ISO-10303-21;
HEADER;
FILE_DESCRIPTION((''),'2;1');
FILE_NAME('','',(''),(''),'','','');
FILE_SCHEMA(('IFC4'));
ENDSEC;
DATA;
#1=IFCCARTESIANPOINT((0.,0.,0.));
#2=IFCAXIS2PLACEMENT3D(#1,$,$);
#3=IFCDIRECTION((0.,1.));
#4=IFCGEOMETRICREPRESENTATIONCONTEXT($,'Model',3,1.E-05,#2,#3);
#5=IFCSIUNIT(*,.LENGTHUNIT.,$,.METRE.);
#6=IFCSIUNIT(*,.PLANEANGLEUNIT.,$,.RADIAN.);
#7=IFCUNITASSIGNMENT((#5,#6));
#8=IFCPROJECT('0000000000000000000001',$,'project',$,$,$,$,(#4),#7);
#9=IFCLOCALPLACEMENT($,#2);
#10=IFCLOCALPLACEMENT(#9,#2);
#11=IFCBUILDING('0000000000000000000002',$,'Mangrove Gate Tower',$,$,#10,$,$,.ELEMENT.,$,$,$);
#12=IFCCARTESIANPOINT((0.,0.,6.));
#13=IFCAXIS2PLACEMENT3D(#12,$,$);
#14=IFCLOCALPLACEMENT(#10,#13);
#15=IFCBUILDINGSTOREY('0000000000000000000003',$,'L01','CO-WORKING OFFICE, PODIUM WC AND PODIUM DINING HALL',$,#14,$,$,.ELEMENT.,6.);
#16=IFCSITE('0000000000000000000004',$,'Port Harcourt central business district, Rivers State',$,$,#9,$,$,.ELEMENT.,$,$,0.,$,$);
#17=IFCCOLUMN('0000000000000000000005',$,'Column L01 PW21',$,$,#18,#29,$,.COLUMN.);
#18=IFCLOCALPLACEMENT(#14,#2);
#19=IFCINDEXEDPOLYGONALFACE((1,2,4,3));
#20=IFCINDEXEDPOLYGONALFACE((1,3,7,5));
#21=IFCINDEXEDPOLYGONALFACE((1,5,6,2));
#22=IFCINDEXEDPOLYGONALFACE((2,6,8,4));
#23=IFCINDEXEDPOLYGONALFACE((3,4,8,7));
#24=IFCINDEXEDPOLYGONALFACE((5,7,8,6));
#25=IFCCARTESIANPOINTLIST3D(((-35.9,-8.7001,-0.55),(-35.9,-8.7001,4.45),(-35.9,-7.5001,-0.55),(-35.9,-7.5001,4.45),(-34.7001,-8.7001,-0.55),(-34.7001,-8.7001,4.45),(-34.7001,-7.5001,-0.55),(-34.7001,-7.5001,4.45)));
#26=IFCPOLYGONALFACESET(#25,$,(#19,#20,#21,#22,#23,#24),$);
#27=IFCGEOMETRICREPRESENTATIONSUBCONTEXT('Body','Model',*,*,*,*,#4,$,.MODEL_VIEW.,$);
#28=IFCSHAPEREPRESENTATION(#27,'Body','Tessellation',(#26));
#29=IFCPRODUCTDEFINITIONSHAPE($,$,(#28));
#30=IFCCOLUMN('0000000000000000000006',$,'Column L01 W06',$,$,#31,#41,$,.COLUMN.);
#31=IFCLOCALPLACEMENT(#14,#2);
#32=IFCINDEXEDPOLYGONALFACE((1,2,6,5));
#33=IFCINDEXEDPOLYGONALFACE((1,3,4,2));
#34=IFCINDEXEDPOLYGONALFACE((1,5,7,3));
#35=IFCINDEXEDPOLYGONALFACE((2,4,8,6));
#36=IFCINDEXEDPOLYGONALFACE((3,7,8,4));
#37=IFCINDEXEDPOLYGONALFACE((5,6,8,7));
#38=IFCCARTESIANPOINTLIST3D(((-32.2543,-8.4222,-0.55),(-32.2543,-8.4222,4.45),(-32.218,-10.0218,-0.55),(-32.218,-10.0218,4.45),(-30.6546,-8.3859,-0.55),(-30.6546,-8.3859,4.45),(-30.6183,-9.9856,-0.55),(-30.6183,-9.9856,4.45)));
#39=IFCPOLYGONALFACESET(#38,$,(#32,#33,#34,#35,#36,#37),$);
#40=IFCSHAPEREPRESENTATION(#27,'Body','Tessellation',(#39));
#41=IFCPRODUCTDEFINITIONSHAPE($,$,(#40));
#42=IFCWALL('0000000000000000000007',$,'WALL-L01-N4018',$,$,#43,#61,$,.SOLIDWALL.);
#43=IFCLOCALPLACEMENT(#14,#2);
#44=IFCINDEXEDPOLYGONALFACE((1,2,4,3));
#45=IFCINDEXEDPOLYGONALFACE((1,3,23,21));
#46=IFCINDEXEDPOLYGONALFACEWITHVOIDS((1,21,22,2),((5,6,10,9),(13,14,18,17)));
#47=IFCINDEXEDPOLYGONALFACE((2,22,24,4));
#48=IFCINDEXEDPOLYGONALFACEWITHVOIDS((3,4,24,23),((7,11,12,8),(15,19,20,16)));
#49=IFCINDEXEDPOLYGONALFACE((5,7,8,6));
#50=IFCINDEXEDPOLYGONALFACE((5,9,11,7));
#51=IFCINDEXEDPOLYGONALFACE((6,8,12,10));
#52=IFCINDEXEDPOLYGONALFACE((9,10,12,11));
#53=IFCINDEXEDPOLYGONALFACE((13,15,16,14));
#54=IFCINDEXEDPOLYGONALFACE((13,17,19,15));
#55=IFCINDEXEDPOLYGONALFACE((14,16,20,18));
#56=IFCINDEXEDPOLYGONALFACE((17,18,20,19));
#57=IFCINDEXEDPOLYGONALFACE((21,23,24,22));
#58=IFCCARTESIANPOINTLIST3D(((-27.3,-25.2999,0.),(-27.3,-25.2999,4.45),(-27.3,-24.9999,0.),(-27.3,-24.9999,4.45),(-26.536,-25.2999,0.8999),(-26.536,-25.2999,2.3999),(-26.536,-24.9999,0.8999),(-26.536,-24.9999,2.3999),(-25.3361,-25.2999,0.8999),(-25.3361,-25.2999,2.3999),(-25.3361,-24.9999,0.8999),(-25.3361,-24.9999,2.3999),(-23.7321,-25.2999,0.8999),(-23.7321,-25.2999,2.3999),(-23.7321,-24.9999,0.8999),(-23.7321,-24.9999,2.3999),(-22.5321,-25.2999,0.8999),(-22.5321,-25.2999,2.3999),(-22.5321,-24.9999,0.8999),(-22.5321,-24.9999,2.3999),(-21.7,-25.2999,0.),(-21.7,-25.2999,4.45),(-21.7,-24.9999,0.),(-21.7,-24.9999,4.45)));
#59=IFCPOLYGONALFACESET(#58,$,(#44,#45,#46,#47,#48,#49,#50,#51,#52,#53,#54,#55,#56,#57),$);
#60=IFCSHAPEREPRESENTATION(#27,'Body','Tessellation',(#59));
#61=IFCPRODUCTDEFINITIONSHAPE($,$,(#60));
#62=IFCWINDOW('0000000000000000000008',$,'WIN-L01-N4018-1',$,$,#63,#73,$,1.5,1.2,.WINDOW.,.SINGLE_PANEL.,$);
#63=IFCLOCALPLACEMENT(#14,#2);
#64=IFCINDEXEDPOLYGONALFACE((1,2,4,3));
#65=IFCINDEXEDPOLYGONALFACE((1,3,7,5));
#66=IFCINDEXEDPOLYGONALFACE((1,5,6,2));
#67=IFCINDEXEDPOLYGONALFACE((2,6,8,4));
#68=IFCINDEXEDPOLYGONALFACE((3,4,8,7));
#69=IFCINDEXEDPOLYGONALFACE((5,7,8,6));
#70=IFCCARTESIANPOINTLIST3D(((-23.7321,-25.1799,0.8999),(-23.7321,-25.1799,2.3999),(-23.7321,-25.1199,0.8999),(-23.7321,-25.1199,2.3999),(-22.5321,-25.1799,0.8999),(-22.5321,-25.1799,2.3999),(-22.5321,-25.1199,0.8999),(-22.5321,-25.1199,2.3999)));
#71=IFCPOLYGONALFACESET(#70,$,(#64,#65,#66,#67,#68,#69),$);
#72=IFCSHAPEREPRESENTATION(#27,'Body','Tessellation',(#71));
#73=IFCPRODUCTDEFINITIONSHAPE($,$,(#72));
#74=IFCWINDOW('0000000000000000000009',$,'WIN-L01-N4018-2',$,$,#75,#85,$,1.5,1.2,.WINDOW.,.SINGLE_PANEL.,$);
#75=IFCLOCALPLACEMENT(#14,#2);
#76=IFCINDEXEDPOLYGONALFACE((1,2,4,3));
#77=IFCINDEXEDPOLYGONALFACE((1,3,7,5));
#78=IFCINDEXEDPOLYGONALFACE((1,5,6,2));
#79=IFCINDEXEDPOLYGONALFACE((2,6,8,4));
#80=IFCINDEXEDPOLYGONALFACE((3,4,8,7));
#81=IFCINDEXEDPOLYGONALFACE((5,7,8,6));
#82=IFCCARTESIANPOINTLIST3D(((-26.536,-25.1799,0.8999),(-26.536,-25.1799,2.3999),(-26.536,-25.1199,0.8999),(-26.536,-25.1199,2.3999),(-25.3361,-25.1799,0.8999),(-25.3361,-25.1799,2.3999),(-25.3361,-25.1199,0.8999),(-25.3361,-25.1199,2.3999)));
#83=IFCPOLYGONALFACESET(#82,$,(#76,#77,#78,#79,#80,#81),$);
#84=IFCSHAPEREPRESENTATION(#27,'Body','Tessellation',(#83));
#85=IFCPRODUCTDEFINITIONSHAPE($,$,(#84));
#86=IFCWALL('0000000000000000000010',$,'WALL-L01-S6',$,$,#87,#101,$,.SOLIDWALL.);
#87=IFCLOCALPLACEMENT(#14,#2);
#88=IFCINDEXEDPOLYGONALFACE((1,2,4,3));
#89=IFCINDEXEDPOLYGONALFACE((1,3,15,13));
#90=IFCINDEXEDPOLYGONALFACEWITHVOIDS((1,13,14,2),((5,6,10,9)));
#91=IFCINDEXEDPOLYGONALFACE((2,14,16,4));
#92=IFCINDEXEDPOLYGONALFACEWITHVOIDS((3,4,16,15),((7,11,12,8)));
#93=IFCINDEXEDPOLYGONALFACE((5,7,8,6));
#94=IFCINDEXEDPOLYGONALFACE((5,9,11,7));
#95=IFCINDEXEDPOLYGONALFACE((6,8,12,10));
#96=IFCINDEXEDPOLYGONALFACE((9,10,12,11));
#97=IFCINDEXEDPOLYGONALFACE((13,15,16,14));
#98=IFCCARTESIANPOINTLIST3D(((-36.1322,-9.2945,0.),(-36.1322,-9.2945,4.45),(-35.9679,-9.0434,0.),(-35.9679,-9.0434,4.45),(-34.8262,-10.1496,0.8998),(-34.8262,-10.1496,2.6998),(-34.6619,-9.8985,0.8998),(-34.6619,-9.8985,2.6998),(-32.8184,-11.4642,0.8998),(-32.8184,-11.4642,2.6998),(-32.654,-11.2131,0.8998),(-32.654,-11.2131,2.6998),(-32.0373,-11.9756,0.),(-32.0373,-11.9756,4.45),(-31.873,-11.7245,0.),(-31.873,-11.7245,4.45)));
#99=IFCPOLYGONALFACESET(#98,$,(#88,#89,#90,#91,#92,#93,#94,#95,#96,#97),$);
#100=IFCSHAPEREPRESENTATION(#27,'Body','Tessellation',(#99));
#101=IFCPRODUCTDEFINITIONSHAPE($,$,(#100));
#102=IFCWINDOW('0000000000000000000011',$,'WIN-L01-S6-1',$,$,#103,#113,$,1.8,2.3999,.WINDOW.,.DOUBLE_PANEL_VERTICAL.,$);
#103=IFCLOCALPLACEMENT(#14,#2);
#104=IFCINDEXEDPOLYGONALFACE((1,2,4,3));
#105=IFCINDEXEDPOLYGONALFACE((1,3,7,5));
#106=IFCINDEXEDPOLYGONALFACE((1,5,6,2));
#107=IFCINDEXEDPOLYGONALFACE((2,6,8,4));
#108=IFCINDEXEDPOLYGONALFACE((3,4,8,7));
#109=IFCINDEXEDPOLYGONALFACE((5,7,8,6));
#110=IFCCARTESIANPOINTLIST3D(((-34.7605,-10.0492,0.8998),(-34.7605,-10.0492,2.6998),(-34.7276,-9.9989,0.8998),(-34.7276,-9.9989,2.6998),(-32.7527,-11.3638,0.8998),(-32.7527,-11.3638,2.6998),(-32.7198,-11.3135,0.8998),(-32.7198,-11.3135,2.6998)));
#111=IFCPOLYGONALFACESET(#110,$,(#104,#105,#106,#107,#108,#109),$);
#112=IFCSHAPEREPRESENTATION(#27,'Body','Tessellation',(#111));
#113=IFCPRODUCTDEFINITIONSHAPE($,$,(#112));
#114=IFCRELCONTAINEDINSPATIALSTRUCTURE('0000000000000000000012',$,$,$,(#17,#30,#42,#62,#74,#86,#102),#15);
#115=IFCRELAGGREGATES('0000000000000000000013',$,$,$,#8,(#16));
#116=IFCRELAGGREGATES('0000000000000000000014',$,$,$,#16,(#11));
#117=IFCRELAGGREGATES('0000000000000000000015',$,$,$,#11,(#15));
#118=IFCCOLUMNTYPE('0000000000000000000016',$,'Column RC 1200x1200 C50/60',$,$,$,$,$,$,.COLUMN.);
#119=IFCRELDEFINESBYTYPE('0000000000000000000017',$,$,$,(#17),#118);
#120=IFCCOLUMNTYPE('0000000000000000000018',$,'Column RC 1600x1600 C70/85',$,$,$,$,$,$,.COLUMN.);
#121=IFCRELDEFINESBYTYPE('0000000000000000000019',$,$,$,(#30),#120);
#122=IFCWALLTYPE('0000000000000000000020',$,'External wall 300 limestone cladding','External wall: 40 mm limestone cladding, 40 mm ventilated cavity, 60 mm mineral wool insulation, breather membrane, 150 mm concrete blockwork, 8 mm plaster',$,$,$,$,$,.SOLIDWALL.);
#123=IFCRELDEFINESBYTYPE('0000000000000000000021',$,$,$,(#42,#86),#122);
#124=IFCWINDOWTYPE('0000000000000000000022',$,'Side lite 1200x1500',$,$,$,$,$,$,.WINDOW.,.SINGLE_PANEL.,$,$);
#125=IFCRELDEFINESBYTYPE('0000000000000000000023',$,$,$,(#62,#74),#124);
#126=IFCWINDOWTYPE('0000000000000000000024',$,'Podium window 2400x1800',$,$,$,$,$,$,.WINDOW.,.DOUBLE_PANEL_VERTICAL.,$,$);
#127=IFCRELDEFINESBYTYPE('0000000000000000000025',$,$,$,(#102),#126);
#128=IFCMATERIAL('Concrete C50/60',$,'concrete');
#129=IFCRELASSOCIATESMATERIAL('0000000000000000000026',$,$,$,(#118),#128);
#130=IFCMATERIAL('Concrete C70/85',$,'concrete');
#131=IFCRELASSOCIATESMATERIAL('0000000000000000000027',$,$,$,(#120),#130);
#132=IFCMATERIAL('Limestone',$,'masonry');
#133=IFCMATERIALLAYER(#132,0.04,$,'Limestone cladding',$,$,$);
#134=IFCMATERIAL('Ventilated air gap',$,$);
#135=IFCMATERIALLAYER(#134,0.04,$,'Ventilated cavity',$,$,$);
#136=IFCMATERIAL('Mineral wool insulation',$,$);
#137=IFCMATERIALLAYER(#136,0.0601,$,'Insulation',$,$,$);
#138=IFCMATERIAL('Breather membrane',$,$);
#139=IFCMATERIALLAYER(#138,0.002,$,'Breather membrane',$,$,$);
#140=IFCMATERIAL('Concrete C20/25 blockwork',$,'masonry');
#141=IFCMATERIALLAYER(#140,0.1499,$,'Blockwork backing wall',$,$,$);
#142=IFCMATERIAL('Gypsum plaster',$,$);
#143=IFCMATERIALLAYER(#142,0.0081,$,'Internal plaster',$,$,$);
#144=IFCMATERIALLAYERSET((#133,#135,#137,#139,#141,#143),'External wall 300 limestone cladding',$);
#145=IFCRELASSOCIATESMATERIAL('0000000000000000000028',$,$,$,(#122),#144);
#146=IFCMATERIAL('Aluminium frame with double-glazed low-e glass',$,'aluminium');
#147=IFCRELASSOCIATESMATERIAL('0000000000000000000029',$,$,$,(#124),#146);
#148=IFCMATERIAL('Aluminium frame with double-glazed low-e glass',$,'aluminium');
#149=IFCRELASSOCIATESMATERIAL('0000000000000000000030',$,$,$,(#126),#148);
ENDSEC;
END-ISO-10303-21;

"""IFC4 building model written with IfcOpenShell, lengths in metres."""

from ifc_helpers import new_model, si_unit, direction, frame, frame_2d, origin, origin_2d, place, context, subcontext, project, spatial, rectangle, extrude, material, layer, layer_set, material_profile, profile_set, type_object, element, fill, save


model = new_model("IFC4")

# Units and contexts
model_context = context("Model", 3, precision=1e-05, world=origin(), true_north=direction((0.0, 1.0)))
body_context = subcontext(model_context, "Body", "Model", "MODEL_VIEW")
ifc_project = project(units=[si_unit("LENGTHUNIT", "METRE"), si_unit("PLANEANGLEUNIT", "RADIAN")], contexts=[model_context])

# Site, building, storey
site_placement = place(None, origin())
site = spatial("IfcSite", under=ifc_project, at=site_placement, Name="Port Harcourt central business district, Rivers State", CompositionType="ELEMENT", RefElevation=0.0)
building_placement = place(site_placement, origin())
building = spatial("IfcBuilding", under=site, at=building_placement, Name="Mangrove Gate Tower", CompositionType="ELEMENT")
storey_placement = place(building_placement, frame((0.0, 0.0, 6.0)))
storey = spatial("IfcBuildingStorey", under=building, at=storey_placement, Name="L01", Description="CO-WORKING OFFICE, PODIUM WC AND PODIUM DINING HALL", CompositionType="ELEMENT", Elevation=6.0)

# Columns
ifc_material_1 = material(Name="Concrete C50/60", Category="concrete")
ifc_material_profile_1 = material_profile(ifc_material_1, rectangle(XDim=1.2, YDim=1.2, at=origin_2d()))
ifc_profile_set_1 = profile_set([ifc_material_profile_1], Name="Concrete C50/60")
column_type_1 = type_object("IfcColumnType", Name="Column RC 1200x1200 C50/60", PredefinedType="COLUMN", material=ifc_profile_set_1)
column_1_placement = place(storey_placement, frame((-35.3, -8.1001, -0.55), z_axis=(0.0, 0.0, 1.0), x_axis=(1.0, 0.0, 0.0)))
element("IfcColumn", 1, at=column_1_placement, inside=storey, type_object=column_type_1, Name="Column L01 PW21", PredefinedType="COLUMN", context=body_context, shape_type="SweptSolid", body=[
    extrude(rectangle(XDim=1.2, YDim=1.2, at=origin_2d()), origin(), (0.0, 0.0, 1.0), 5.0),
])
ifc_material_2 = material(Name="Concrete C70/85", Category="concrete")
ifc_material_profile_2 = material_profile(ifc_material_2, rectangle(XDim=1.6001, YDim=1.6001, at=origin_2d()))
ifc_profile_set_2 = profile_set([ifc_material_profile_2], Name="Concrete C70/85")
column_type_2 = type_object("IfcColumnType", Name="Column RC 1600x1600 C70/85", PredefinedType="COLUMN", material=ifc_profile_set_2)
column_2_placement = place(storey_placement, frame((-31.4363, -9.2039, -0.55), z_axis=(0.0, 0.0, 1.0), x_axis=(0.022678, -0.999743, 0.0)))
element("IfcColumn", 2, at=column_2_placement, inside=storey, type_object=column_type_2, Name="Column L01 W06", PredefinedType="COLUMN", context=body_context, shape_type="SweptSolid", body=[
    extrude(rectangle(XDim=1.6001, YDim=1.6001, at=origin_2d()), origin(), (0.0, 0.0, 1.0), 5.0),
])

# Wall, openings, windows
ifc_material_3 = material(Name="Limestone", Category="masonry")
ifc_layer_1 = layer(ifc_material_3, 0.04, Name="Limestone cladding")
ifc_material_4 = material(Name="Ventilated air gap")
ifc_layer_2 = layer(ifc_material_4, 0.04, Name="Ventilated cavity")
ifc_material_5 = material(Name="Mineral wool insulation")
ifc_layer_3 = layer(ifc_material_5, 0.0601, Name="Insulation")
ifc_material_6 = material(Name="Breather membrane")
ifc_layer_4 = layer(ifc_material_6, 0.002, Name="Breather membrane")
ifc_material_7 = material(Name="Concrete C20/25 blockwork", Category="masonry")
ifc_layer_5 = layer(ifc_material_7, 0.1499, Name="Blockwork backing wall")
ifc_material_8 = material(Name="Gypsum plaster")
ifc_layer_6 = layer(ifc_material_8, 0.0081, Name="Internal plaster")
ifc_layer_set_1 = layer_set([ifc_layer_1, ifc_layer_2, ifc_layer_3, ifc_layer_4, ifc_layer_5, ifc_layer_6], Name="External wall 300 limestone cladding")
wall_type_1 = type_object("IfcWallType", Name="External wall 300 limestone cladding", Description="External wall: 40 mm limestone cladding, 40 mm ventilated cavity, 60 mm mineral wool insulation, breather membrane, 150 mm concrete blockwork, 8 mm plaster", PredefinedType="SOLIDWALL", material=ifc_layer_set_1)
wall_1_placement = place(storey_placement, frame((-21.7, -25.1499, 0.0), z_axis=(0.0, 0.0, 1.0), x_axis=(-1.0, 0.0, 0.0)))
wall_1 = element("IfcWall", 3, at=wall_1_placement, inside=storey, type_object=wall_type_1, Name="WALL-L01-N4018", PredefinedType="SOLIDWALL", context=body_context, shape_type="SweptSolid", body=[
    extrude(rectangle(XDim=5.6001, YDim=0.3, at=frame_2d((2.8, 0.0))), origin(), (0.0, 0.0, 1.0), 4.45),
])
opening_1_placement = place(wall_1_placement, frame((0.832, 0.0, 0.8999)))
opening_1 = element("IfcOpeningElement", 4, at=opening_1_placement, cuts=wall_1, PredefinedType="OPENING", context=body_context, shape_type="SweptSolid", body=[
    extrude(rectangle(XDim=1.2, YDim=1.5, at=frame_2d((0.6001, 0.75))), frame((0.0, 0.1599, 0.0), z_axis=(0.0, -1.0, 0.0), x_axis=(1.0, 0.0, 0.0)), (0.0, 0.0, 1.0), 0.3201),
])
opening_2_placement = place(wall_1_placement, frame((3.636, 0.0, 0.8999)))
opening_2 = element("IfcOpeningElement", 5, at=opening_2_placement, cuts=wall_1, PredefinedType="OPENING", context=body_context, shape_type="SweptSolid", body=[
    extrude(rectangle(XDim=1.2, YDim=1.5, at=frame_2d((0.6001, 0.75))), frame((0.0, 0.1599, 0.0), z_axis=(0.0, -1.0, 0.0), x_axis=(1.0, 0.0, 0.0)), (0.0, 0.0, 1.0), 0.3201),
])
ifc_material_9 = material(Name="Aluminium frame with double-glazed low-e glass", Category="aluminium")
window_type_1 = type_object("IfcWindowType", Name="Side lite 1200x1500", PartitioningType="SINGLE_PANEL", PredefinedType="WINDOW", material=ifc_material_9)
window_1_placement = place(opening_1_placement, origin())
window_1 = element("IfcWindow", 6, at=window_1_placement, inside=storey, type_object=window_type_1, Name="WIN-L01-N4018-1", OverallHeight=1.5, OverallWidth=1.2, PartitioningType="SINGLE_PANEL", PredefinedType="WINDOW", context=body_context, shape_type="SweptSolid", body=[
    extrude(rectangle(XDim=1.2, YDim=1.5, at=frame_2d((0.6001, 0.75))), frame((0.0, 0.03, 0.0), z_axis=(0.0, -1.0, 0.0), x_axis=(1.0, 0.0, 0.0)), (0.0, 0.0, 1.0), 0.0601),
])
fill(opening_1, window_1)
window_2_placement = place(opening_2_placement, origin())
window_2 = element("IfcWindow", 7, at=window_2_placement, inside=storey, type_object=window_type_1, Name="WIN-L01-N4018-2", OverallHeight=1.5, OverallWidth=1.2, PartitioningType="SINGLE_PANEL", PredefinedType="WINDOW", context=body_context, shape_type="SweptSolid", body=[
    extrude(rectangle(XDim=1.2, YDim=1.5, at=frame_2d((0.6001, 0.75))), frame((0.0, 0.03, 0.0), z_axis=(0.0, -1.0, 0.0), x_axis=(1.0, 0.0, 0.0)), (0.0, 0.0, 1.0), 0.0601),
])
fill(opening_2, window_2)

# Wall, opening, window
wall_2_placement = place(storey_placement, frame((-36.05, -9.1689, 0.0), z_axis=(0.0, 0.0, 1.0), x_axis=(0.836626, -0.547775, 0.0)))
wall_2 = element("IfcWall", 8, at=wall_2_placement, inside=storey, type_object=wall_type_1, Name="WALL-L01-S6", PredefinedType="SOLIDWALL", context=body_context, shape_type="SweptSolid", body=[
    extrude(rectangle(XDim=4.8945, YDim=0.3, at=frame_2d((2.4473, 0.0))), origin(), (0.0, 0.0, 1.0), 4.45),
])
opening_3_placement = place(wall_2_placement, frame((1.561, 0.0, 0.8999)))
opening_3 = element("IfcOpeningElement", 9, at=opening_3_placement, cuts=wall_2, PredefinedType="OPENING", context=body_context, shape_type="SweptSolid", body=[
    extrude(rectangle(XDim=2.3999, YDim=1.8, at=frame_2d((1.2, 0.8999))), frame((0.0, 0.1599, 0.0), z_axis=(0.0, -1.0, 0.0), x_axis=(1.0, 0.0, 0.0)), (0.0, 0.0, 1.0), 0.3201),
])
ifc_material_10 = material(Name="Aluminium frame with double-glazed low-e glass", Category="aluminium")
window_type_2 = type_object("IfcWindowType", Name="Podium window 2400x1800", PartitioningType="DOUBLE_PANEL_VERTICAL", PredefinedType="WINDOW", material=ifc_material_10)
window_3_placement = place(opening_3_placement, origin())
window_3 = element("IfcWindow", 10, at=window_3_placement, inside=storey, type_object=window_type_2, Name="WIN-L01-S6-1", OverallHeight=1.8, OverallWidth=2.3999, PartitioningType="DOUBLE_PANEL_VERTICAL", PredefinedType="WINDOW", context=body_context, shape_type="SweptSolid", body=[
    extrude(rectangle(XDim=2.3999, YDim=1.8, at=frame_2d((1.2, 0.8999))), frame((0.0, 0.03, 0.0), z_axis=(0.0, -1.0, 0.0), x_axis=(1.0, 0.0, 0.0)), (0.0, 0.0, 1.0), 0.0601),
])
fill(opening_3, window_3)

save(model, "model.ifc")
